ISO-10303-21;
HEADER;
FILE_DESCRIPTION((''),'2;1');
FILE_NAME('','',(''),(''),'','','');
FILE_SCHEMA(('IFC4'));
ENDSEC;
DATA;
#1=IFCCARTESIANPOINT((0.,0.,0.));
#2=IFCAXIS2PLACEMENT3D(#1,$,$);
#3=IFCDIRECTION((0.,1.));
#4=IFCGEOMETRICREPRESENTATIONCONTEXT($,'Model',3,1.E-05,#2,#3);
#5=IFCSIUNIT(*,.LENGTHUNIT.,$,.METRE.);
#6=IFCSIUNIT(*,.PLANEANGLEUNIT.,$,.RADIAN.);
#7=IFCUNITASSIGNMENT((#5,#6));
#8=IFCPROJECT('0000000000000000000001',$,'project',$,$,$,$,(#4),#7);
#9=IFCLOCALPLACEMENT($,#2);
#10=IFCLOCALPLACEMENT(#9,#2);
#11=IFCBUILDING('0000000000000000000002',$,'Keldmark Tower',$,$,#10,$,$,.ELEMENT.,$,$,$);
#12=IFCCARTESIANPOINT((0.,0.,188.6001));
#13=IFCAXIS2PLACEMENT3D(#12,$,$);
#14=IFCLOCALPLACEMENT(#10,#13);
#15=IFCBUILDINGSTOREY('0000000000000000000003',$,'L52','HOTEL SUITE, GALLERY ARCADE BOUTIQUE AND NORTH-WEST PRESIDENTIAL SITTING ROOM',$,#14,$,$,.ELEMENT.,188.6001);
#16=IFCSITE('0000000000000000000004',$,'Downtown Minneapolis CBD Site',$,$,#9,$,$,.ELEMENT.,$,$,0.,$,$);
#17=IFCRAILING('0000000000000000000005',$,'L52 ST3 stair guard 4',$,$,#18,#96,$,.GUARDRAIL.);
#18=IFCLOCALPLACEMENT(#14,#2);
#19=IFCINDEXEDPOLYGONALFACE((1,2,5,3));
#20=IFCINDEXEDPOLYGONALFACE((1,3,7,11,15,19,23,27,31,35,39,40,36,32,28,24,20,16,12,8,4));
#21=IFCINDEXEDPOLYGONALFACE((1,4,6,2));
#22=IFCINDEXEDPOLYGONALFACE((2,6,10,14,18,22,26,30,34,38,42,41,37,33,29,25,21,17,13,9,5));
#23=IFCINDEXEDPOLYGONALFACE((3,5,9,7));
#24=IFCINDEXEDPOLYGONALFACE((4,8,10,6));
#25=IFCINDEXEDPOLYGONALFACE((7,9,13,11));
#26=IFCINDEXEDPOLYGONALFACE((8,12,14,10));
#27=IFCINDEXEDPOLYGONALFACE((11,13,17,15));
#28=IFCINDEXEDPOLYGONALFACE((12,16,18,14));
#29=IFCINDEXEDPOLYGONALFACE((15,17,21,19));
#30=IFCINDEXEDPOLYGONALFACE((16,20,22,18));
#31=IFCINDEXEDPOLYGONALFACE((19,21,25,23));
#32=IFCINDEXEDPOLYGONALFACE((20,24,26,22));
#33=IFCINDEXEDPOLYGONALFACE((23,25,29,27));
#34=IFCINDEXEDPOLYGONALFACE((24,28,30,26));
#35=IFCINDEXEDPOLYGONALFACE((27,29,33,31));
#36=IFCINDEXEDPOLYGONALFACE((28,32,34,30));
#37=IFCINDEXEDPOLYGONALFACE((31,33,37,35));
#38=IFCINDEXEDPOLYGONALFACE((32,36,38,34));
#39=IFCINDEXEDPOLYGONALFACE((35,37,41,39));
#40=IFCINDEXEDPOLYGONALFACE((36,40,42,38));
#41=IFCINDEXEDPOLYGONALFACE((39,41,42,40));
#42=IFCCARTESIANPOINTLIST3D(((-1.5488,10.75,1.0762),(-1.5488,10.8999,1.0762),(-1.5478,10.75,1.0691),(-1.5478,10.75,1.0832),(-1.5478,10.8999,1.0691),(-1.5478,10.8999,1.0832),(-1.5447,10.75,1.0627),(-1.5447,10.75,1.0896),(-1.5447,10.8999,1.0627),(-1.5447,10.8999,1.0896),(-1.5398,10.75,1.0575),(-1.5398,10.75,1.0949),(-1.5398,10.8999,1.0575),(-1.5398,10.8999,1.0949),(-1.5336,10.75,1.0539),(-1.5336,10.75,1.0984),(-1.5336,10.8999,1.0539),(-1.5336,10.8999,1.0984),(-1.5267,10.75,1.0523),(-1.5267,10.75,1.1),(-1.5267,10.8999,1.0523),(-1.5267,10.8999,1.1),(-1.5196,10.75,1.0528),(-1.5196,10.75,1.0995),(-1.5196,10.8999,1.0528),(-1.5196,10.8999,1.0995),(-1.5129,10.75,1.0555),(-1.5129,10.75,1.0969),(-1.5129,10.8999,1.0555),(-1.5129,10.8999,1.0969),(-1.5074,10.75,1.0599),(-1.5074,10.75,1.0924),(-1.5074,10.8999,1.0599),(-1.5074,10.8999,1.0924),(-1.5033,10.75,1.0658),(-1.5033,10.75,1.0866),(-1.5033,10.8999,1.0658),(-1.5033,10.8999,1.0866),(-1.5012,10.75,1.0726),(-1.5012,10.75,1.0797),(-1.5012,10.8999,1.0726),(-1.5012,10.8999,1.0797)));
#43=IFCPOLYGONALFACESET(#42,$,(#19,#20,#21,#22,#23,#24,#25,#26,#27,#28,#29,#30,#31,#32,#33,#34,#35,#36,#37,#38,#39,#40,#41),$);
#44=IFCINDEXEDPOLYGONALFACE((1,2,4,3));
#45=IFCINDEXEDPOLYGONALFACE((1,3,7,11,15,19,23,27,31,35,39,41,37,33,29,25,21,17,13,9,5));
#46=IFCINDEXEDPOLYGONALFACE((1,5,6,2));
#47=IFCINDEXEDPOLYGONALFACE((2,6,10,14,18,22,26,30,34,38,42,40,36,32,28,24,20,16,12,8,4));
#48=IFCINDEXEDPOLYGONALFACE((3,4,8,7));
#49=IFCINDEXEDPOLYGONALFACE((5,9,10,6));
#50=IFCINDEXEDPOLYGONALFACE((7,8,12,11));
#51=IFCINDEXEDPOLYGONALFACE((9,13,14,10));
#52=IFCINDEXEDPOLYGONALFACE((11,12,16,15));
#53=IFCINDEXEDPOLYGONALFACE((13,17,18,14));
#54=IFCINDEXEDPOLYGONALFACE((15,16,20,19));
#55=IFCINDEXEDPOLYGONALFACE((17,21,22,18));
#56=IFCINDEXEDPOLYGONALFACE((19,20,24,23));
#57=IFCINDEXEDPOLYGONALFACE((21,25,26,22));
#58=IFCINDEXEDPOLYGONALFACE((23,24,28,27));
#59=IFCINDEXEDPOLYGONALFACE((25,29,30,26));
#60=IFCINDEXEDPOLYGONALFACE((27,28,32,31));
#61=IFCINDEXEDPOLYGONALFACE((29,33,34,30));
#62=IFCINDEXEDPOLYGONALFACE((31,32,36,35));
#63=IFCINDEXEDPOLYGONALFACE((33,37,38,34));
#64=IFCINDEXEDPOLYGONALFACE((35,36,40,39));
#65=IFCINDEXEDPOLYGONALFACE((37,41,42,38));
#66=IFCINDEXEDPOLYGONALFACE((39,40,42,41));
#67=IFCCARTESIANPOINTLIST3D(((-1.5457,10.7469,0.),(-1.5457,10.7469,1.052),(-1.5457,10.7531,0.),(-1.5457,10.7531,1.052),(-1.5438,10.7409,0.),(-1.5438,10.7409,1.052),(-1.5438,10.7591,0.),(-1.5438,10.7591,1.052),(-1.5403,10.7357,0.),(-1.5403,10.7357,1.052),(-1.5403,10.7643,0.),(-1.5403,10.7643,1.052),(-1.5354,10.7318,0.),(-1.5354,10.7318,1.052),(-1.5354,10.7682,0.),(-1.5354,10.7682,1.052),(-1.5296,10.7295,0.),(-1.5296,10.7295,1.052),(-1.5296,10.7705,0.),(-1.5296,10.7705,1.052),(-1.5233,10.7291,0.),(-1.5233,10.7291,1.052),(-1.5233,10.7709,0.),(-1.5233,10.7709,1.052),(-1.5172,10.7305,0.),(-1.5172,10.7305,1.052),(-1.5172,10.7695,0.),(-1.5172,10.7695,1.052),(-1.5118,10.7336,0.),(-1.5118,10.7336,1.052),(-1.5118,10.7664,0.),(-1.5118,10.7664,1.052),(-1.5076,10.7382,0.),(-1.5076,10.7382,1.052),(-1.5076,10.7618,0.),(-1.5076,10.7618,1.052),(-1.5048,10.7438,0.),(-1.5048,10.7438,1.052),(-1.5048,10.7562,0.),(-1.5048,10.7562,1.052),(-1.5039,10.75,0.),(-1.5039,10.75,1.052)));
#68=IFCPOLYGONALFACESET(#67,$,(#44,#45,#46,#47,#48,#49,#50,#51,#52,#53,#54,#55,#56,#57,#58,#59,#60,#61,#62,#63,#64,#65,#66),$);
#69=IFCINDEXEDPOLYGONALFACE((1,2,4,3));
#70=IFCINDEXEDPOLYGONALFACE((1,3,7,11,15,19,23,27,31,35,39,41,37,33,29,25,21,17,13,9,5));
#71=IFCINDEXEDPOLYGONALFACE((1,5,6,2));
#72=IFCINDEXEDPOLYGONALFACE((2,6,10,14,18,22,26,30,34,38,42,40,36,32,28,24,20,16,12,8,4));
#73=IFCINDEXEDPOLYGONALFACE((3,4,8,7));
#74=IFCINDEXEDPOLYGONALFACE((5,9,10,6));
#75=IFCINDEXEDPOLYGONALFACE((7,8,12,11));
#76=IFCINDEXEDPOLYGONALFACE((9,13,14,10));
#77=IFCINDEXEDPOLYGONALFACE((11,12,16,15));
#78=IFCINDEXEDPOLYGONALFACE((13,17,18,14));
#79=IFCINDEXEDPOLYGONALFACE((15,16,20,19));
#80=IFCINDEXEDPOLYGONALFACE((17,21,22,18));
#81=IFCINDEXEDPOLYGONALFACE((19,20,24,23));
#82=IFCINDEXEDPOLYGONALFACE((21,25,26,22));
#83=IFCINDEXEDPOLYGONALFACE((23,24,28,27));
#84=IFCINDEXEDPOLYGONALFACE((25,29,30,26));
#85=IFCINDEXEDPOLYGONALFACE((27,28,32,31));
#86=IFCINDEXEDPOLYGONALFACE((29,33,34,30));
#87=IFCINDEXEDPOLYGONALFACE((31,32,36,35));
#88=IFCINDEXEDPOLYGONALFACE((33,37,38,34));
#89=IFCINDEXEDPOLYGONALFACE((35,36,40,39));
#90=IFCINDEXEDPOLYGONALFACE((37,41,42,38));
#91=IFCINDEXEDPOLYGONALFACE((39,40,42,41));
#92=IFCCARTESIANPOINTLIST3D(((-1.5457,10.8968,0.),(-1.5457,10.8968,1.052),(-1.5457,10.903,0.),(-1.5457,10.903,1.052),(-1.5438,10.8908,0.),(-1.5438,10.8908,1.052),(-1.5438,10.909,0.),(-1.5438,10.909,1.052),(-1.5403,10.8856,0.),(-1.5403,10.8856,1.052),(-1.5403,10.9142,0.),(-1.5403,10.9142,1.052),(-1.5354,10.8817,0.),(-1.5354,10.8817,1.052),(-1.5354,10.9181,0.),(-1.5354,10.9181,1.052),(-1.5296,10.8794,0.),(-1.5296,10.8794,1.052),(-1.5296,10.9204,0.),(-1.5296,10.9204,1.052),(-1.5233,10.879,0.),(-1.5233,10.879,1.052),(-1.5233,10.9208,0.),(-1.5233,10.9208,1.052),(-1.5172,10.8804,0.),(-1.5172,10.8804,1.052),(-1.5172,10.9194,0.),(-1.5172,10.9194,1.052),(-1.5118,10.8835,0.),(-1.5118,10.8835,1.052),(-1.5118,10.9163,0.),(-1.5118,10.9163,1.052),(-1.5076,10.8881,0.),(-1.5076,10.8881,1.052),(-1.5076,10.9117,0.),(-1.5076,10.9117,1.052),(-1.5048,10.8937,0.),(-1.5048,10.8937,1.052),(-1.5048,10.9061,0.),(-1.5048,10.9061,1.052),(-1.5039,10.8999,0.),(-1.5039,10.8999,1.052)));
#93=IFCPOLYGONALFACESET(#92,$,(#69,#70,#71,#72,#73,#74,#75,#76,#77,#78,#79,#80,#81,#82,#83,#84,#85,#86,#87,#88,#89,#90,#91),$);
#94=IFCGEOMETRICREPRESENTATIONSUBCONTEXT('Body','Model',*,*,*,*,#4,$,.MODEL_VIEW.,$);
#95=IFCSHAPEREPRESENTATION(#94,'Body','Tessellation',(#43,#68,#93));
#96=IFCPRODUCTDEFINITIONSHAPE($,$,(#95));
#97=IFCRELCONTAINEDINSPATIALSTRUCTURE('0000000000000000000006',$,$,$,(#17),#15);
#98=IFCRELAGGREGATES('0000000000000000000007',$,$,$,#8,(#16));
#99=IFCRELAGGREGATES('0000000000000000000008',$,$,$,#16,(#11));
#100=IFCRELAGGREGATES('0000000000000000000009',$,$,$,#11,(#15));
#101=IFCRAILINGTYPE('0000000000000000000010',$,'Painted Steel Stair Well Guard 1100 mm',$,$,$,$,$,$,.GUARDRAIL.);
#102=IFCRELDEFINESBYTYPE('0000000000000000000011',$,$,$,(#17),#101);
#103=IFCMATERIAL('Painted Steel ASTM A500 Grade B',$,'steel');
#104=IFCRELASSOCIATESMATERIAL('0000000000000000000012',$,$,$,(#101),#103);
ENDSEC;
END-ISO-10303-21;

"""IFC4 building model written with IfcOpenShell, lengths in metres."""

from ifc_helpers import new_model, si_unit, direction, frame, origin, origin_2d, place, context, subcontext, project, spatial, circle, extrude, material, type_object, element, save


model = new_model("IFC4")

# Units and contexts
model_context = context("Model", 3, precision=1e-05, world=origin(), true_north=direction((0.0, 1.0)))
body_context = subcontext(model_context, "Body", "Model", "MODEL_VIEW")
ifc_project = project(units=[si_unit("LENGTHUNIT", "METRE"), si_unit("PLANEANGLEUNIT", "RADIAN")], contexts=[model_context])

# Site, building, storey
site_placement = place(None, origin())
site = spatial("IfcSite", under=ifc_project, at=site_placement, Name="Downtown Minneapolis CBD Site", CompositionType="ELEMENT", RefElevation=0.0)
building_placement = place(site_placement, origin())
building = spatial("IfcBuilding", under=site, at=building_placement, Name="Keldmark Tower", CompositionType="ELEMENT")
storey_placement = place(building_placement, frame((0.0, 0.0, 188.6001)))
storey = spatial("IfcBuildingStorey", under=building, at=storey_placement, Name="L52", Description="HOTEL SUITE, GALLERY ARCADE BOUTIQUE AND NORTH-WEST PRESIDENTIAL SITTING ROOM", CompositionType="ELEMENT", Elevation=188.6001)

# Railing
ifc_material_1 = material(Name="Painted Steel ASTM A500 Grade B", Category="steel")
railing_type_1 = type_object("IfcRailingType", Name="Painted Steel Stair Well Guard 1100 mm", PredefinedType="GUARDRAIL", material=ifc_material_1)
railing_1_placement = place(storey_placement, frame((-1.5249, 10.75, 0.0)))
element("IfcRailing", 1, at=railing_1_placement, inside=storey, type_object=railing_type_1, Name="L52 ST3 stair guard 4", PredefinedType="GUARDRAIL", context=body_context, shape_type="SweptSolid", body=[
    extrude(circle(Radius=0.0239, at=origin_2d()), frame((0.0, 0.0, 1.0762), z_axis=(0.0, 1.0, 0.0), x_axis=(-1.0, 0.0, 0.0)), (0.0, 0.0, 1.0), 0.1499),
    extrude(circle(Radius=0.021, at=origin_2d()), origin(), (0.0, 0.0, 1.0), 1.052),
    extrude(circle(Radius=0.021, at=origin_2d()), frame((0.0, 0.1499, 0.0)), (0.0, 0.0, 1.0), 1.052),
])

save(model, "model.ifc")
